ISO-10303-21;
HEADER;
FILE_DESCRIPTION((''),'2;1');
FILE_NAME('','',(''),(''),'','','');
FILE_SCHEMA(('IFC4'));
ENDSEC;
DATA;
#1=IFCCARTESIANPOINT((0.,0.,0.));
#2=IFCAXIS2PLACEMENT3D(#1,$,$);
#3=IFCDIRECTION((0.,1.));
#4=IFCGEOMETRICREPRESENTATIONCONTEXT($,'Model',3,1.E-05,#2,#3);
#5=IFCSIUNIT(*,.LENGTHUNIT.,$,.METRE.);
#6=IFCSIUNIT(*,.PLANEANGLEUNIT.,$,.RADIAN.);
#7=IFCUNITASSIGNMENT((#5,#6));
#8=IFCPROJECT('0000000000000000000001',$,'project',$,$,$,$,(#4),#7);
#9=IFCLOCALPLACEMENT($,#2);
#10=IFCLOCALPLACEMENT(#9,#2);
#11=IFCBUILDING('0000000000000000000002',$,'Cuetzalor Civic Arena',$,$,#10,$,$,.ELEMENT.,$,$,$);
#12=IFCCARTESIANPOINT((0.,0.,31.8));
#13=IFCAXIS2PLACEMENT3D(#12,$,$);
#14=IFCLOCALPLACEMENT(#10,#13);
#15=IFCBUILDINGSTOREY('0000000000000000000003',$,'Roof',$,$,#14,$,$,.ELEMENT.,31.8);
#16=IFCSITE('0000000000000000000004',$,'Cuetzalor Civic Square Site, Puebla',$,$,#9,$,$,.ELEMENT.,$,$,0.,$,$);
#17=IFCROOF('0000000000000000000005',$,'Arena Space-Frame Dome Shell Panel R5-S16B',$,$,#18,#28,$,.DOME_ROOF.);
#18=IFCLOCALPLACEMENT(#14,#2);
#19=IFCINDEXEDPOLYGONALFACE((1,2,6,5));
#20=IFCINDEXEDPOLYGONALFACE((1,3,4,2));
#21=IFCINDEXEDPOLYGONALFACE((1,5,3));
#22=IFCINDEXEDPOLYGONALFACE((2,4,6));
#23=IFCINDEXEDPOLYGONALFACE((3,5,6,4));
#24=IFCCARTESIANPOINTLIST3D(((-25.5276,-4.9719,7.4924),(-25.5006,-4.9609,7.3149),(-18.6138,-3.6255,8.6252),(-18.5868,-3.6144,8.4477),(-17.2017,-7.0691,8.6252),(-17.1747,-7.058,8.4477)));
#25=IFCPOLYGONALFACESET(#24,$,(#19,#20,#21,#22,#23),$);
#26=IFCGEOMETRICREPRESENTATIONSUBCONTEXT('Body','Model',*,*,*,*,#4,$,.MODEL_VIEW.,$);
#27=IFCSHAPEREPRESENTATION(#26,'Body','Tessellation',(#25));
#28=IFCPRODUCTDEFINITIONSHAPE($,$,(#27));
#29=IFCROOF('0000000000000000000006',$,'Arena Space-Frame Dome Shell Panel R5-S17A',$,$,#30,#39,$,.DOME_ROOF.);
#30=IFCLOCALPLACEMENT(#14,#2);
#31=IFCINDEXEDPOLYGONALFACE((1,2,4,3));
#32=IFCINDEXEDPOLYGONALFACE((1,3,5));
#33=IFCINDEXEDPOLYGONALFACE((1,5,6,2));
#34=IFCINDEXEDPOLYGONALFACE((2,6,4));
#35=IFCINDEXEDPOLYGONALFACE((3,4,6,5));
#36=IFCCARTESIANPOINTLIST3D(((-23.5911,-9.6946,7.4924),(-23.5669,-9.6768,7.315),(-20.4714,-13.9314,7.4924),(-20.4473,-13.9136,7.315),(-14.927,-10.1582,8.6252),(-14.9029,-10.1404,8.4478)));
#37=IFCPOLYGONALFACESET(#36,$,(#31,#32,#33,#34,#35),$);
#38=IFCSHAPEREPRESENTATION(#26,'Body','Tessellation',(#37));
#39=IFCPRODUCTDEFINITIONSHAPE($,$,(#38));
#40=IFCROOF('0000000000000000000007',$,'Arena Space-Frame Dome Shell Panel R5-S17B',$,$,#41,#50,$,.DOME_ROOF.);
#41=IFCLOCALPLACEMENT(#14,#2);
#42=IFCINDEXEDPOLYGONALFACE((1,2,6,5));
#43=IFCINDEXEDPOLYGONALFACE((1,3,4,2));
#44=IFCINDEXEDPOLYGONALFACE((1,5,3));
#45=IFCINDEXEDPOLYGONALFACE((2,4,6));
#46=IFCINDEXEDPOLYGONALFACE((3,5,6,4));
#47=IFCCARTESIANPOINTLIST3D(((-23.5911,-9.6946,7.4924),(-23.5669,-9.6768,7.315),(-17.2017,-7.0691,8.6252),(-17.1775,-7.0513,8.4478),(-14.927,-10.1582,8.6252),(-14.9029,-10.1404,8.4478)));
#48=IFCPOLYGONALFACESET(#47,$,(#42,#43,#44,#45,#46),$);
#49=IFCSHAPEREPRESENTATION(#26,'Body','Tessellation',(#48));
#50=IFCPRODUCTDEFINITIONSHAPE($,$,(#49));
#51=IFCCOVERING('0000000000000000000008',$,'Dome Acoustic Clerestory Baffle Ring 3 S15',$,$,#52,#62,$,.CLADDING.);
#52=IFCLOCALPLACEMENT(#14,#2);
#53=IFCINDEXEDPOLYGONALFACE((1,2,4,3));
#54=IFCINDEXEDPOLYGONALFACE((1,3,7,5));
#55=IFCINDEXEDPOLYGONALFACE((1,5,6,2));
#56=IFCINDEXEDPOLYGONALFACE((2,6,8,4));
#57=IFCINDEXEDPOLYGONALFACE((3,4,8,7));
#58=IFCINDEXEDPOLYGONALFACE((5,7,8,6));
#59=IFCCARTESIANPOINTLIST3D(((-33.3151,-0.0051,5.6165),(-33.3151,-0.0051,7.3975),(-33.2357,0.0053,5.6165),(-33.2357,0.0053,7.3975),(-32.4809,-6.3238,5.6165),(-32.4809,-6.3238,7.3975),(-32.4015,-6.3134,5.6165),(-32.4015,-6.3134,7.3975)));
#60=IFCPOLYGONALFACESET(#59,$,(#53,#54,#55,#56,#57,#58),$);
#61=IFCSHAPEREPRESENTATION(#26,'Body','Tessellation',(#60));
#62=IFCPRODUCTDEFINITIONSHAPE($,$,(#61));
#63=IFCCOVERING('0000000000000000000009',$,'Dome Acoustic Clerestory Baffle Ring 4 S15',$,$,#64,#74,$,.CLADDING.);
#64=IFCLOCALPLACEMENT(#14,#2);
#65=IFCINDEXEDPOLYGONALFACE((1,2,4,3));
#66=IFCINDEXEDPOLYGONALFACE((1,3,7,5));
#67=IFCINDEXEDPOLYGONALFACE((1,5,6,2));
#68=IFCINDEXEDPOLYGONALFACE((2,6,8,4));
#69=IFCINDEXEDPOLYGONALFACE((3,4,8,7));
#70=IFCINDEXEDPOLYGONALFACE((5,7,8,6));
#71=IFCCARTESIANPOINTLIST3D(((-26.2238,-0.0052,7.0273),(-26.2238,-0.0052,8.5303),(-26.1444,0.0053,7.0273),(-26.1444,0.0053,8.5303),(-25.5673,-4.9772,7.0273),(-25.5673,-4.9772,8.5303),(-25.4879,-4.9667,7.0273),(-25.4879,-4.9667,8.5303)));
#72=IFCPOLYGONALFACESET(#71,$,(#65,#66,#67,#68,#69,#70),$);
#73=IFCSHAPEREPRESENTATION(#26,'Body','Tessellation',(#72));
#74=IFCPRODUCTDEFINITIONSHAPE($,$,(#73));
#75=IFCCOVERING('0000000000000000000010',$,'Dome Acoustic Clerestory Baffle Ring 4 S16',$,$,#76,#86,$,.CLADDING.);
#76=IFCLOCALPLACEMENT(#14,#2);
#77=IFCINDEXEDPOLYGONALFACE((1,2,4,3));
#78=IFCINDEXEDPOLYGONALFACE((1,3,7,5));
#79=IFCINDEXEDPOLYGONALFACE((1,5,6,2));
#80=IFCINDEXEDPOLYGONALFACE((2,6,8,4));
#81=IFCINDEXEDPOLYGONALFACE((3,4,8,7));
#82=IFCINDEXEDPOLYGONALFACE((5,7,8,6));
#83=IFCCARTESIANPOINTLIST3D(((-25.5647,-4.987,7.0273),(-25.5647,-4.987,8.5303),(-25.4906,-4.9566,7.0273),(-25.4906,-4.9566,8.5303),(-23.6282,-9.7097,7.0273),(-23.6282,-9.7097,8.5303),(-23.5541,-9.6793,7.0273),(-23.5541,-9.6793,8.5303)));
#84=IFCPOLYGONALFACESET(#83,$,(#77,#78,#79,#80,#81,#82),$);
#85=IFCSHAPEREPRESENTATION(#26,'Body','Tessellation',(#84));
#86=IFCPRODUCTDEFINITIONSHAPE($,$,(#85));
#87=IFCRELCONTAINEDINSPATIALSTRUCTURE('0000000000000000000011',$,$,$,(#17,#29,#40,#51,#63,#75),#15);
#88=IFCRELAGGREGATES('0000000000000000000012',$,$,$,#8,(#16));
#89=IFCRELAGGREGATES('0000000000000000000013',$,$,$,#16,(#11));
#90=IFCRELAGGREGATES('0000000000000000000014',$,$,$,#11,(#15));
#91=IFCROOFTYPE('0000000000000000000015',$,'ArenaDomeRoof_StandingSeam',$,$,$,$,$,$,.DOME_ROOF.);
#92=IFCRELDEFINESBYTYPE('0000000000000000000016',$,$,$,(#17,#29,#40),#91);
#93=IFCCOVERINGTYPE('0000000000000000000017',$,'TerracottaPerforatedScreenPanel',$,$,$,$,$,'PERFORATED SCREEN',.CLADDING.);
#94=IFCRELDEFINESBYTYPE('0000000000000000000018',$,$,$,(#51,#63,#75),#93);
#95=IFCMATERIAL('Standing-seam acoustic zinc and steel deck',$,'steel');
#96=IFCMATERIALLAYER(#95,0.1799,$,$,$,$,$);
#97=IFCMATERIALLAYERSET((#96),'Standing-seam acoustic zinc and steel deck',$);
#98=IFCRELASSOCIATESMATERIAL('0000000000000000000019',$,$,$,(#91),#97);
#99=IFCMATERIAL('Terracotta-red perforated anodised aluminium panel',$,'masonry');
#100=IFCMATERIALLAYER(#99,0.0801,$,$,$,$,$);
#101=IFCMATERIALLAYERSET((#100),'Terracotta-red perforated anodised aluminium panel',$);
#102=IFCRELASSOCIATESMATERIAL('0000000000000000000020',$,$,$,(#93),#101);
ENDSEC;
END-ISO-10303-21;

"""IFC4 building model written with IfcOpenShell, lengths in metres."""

from ifc_helpers import new_model, si_unit, direction, frame, frame_2d, origin, place, context, subcontext, project, spatial, polyline, rectangle, outline, extrude, material, layer, layer_set, type_object, element, save


model = new_model("IFC4")

# Units and contexts
model_context = context("Model", 3, precision=1e-05, world=origin(), true_north=direction((0.0, 1.0)))
body_context = subcontext(model_context, "Body", "Model", "MODEL_VIEW")
ifc_project = project(units=[si_unit("LENGTHUNIT", "METRE"), si_unit("PLANEANGLEUNIT", "RADIAN")], contexts=[model_context])

# Site, building, storey
site_placement = place(None, origin())
site = spatial("IfcSite", under=ifc_project, at=site_placement, Name="Cuetzalor Civic Square Site, Puebla", CompositionType="ELEMENT", RefElevation=0.0)
building_placement = place(site_placement, origin())
building = spatial("IfcBuilding", under=site, at=building_placement, Name="Cuetzalor Civic Arena", CompositionType="ELEMENT")
storey_placement = place(building_placement, frame((0.0, 0.0, 31.8)))
storey = spatial("IfcBuildingStorey", under=building, at=storey_placement, Name="Roof", CompositionType="ELEMENT", Elevation=31.8)

# Roofs
ifc_material_1 = material(Name="Standing-seam acoustic zinc and steel deck", Category="steel")
ifc_layer_1 = layer(ifc_material_1, 0.1799)
ifc_layer_set_1 = layer_set([ifc_layer_1], Name="Standing-seam acoustic zinc and steel deck")
roof_type = type_object("IfcRoofType", Name="ArenaDomeRoof_StandingSeam", PredefinedType="DOME_ROOF", material=ifc_layer_set_1)
roof_1_placement = place(storey_placement, frame((-25.5276, -4.9719, 7.4924), z_axis=(-0.149731, -0.0614, 0.986819), x_axis=(0.96138, -0.242156, 0.130804)))
element("IfcRoof", 1, at=roof_1_placement, inside=storey, type_object=roof_type, Name="Arena Space-Frame Dome Shell Panel R5-S16B", PredefinedType="DOME_ROOF", context=body_context, shape_type="SweptSolid", body=[
    extrude(outline(polyline([(0.0, 0.0), (8.6604, 0.0), (6.4689, 3.0083), (0.0, 0.0)])), origin(), (0.0, 0.0, -1.0), 0.1799),
])
roof_2_placement = place(storey_placement, frame((-23.5911, -9.6946, 7.4924), z_axis=(-0.134208, -0.098819, 0.986014), x_axis=(0.592924, -0.805259, 0.0)))
element("IfcRoof", 2, at=roof_2_placement, inside=storey, type_object=roof_type, Name="Arena Space-Frame Dome Shell Panel R5-S17A", PredefinedType="DOME_ROOF", context=body_context, shape_type="SweptSolid", body=[
    extrude(outline(polyline([(0.0, 0.0), (5.2614, 0.0), (5.5105, 6.797), (0.0, 0.0)])), origin(), (0.0, 0.0, -1.0), 0.1799),
])
roof_3_placement = place(storey_placement, frame((-23.5911, -9.6946, 7.4924), z_axis=(-0.134208, -0.098824, 0.986013), x_axis=(0.990168, -0.052985, 0.129463)))
element("IfcRoof", 3, at=roof_3_placement, inside=storey, type_object=roof_type, Name="Arena Space-Frame Dome Shell Panel R5-S17B", PredefinedType="DOME_ROOF", context=body_context, shape_type="SweptSolid", body=[
    extrude(outline(polyline([(0.0, 0.0), (8.7501, 0.0), (6.3341, 2.9799), (0.0, 0.0)])), origin(), (0.0, 0.0, -1.0), 0.1799),
])

# Coverings
ifc_material_2 = material(Name="Terracotta-red perforated anodised aluminium panel", Category="masonry")
ifc_layer_2 = layer(ifc_material_2, 0.0801)
ifc_layer_set_2 = layer_set([ifc_layer_2], Name="Terracotta-red perforated anodised aluminium panel")
covering_type = type_object("IfcCoveringType", Name="TerracottaPerforatedScreenPanel", ElementType="PERFORATED SCREEN", PredefinedType="CLADDING", material=ifc_layer_set_2)
covering_1_placement = place(storey_placement, frame((-32.4412, -6.3186, 5.6165), z_axis=(0.0, 0.0, 1.0), x_axis=(-0.130891, 0.991397, 0.0)))
element("IfcCovering", 4, at=covering_1_placement, inside=storey, type_object=covering_type, Name="Dome Acoustic Clerestory Baffle Ring 3 S15", PredefinedType="CLADDING", context=body_context, shape_type="SweptSolid", body=[
    extrude(rectangle(XDim=6.3735, YDim=0.0801, at=frame_2d((3.1868, 0.0))), origin(), (0.0, 0.0, 1.0), 1.781),
])
covering_2_placement = place(storey_placement, frame((-25.5276, -4.9719, 7.0273), z_axis=(0.0, 0.0, 1.0), x_axis=(-0.130904, 0.991395, 0.0)))
element("IfcCovering", 5, at=covering_2_placement, inside=storey, type_object=covering_type, Name="Dome Acoustic Clerestory Baffle Ring 4 S15", PredefinedType="CLADDING", context=body_context, shape_type="SweptSolid", body=[
    extrude(rectangle(XDim=5.0151, YDim=0.0801, at=frame_2d((2.5076, 0.0))), origin(), (0.0, 0.0, 1.0), 1.5029),
])
covering_3_placement = place(storey_placement, frame((-23.5911, -9.6946, 7.0273), z_axis=(0.0, 0.0, 1.0), x_axis=(-0.379393, 0.925236, 0.0)))
element("IfcCovering", 6, at=covering_3_placement, inside=storey, type_object=covering_type, Name="Dome Acoustic Clerestory Baffle Ring 4 S16", PredefinedType="CLADDING", context=body_context, shape_type="SweptSolid", body=[
    extrude(rectangle(XDim=5.1042, YDim=0.0801, at=frame_2d((2.5522, 0.0))), origin(), (0.0, 0.0, 1.0), 1.5029),
])

save(model, "model.ifc")
